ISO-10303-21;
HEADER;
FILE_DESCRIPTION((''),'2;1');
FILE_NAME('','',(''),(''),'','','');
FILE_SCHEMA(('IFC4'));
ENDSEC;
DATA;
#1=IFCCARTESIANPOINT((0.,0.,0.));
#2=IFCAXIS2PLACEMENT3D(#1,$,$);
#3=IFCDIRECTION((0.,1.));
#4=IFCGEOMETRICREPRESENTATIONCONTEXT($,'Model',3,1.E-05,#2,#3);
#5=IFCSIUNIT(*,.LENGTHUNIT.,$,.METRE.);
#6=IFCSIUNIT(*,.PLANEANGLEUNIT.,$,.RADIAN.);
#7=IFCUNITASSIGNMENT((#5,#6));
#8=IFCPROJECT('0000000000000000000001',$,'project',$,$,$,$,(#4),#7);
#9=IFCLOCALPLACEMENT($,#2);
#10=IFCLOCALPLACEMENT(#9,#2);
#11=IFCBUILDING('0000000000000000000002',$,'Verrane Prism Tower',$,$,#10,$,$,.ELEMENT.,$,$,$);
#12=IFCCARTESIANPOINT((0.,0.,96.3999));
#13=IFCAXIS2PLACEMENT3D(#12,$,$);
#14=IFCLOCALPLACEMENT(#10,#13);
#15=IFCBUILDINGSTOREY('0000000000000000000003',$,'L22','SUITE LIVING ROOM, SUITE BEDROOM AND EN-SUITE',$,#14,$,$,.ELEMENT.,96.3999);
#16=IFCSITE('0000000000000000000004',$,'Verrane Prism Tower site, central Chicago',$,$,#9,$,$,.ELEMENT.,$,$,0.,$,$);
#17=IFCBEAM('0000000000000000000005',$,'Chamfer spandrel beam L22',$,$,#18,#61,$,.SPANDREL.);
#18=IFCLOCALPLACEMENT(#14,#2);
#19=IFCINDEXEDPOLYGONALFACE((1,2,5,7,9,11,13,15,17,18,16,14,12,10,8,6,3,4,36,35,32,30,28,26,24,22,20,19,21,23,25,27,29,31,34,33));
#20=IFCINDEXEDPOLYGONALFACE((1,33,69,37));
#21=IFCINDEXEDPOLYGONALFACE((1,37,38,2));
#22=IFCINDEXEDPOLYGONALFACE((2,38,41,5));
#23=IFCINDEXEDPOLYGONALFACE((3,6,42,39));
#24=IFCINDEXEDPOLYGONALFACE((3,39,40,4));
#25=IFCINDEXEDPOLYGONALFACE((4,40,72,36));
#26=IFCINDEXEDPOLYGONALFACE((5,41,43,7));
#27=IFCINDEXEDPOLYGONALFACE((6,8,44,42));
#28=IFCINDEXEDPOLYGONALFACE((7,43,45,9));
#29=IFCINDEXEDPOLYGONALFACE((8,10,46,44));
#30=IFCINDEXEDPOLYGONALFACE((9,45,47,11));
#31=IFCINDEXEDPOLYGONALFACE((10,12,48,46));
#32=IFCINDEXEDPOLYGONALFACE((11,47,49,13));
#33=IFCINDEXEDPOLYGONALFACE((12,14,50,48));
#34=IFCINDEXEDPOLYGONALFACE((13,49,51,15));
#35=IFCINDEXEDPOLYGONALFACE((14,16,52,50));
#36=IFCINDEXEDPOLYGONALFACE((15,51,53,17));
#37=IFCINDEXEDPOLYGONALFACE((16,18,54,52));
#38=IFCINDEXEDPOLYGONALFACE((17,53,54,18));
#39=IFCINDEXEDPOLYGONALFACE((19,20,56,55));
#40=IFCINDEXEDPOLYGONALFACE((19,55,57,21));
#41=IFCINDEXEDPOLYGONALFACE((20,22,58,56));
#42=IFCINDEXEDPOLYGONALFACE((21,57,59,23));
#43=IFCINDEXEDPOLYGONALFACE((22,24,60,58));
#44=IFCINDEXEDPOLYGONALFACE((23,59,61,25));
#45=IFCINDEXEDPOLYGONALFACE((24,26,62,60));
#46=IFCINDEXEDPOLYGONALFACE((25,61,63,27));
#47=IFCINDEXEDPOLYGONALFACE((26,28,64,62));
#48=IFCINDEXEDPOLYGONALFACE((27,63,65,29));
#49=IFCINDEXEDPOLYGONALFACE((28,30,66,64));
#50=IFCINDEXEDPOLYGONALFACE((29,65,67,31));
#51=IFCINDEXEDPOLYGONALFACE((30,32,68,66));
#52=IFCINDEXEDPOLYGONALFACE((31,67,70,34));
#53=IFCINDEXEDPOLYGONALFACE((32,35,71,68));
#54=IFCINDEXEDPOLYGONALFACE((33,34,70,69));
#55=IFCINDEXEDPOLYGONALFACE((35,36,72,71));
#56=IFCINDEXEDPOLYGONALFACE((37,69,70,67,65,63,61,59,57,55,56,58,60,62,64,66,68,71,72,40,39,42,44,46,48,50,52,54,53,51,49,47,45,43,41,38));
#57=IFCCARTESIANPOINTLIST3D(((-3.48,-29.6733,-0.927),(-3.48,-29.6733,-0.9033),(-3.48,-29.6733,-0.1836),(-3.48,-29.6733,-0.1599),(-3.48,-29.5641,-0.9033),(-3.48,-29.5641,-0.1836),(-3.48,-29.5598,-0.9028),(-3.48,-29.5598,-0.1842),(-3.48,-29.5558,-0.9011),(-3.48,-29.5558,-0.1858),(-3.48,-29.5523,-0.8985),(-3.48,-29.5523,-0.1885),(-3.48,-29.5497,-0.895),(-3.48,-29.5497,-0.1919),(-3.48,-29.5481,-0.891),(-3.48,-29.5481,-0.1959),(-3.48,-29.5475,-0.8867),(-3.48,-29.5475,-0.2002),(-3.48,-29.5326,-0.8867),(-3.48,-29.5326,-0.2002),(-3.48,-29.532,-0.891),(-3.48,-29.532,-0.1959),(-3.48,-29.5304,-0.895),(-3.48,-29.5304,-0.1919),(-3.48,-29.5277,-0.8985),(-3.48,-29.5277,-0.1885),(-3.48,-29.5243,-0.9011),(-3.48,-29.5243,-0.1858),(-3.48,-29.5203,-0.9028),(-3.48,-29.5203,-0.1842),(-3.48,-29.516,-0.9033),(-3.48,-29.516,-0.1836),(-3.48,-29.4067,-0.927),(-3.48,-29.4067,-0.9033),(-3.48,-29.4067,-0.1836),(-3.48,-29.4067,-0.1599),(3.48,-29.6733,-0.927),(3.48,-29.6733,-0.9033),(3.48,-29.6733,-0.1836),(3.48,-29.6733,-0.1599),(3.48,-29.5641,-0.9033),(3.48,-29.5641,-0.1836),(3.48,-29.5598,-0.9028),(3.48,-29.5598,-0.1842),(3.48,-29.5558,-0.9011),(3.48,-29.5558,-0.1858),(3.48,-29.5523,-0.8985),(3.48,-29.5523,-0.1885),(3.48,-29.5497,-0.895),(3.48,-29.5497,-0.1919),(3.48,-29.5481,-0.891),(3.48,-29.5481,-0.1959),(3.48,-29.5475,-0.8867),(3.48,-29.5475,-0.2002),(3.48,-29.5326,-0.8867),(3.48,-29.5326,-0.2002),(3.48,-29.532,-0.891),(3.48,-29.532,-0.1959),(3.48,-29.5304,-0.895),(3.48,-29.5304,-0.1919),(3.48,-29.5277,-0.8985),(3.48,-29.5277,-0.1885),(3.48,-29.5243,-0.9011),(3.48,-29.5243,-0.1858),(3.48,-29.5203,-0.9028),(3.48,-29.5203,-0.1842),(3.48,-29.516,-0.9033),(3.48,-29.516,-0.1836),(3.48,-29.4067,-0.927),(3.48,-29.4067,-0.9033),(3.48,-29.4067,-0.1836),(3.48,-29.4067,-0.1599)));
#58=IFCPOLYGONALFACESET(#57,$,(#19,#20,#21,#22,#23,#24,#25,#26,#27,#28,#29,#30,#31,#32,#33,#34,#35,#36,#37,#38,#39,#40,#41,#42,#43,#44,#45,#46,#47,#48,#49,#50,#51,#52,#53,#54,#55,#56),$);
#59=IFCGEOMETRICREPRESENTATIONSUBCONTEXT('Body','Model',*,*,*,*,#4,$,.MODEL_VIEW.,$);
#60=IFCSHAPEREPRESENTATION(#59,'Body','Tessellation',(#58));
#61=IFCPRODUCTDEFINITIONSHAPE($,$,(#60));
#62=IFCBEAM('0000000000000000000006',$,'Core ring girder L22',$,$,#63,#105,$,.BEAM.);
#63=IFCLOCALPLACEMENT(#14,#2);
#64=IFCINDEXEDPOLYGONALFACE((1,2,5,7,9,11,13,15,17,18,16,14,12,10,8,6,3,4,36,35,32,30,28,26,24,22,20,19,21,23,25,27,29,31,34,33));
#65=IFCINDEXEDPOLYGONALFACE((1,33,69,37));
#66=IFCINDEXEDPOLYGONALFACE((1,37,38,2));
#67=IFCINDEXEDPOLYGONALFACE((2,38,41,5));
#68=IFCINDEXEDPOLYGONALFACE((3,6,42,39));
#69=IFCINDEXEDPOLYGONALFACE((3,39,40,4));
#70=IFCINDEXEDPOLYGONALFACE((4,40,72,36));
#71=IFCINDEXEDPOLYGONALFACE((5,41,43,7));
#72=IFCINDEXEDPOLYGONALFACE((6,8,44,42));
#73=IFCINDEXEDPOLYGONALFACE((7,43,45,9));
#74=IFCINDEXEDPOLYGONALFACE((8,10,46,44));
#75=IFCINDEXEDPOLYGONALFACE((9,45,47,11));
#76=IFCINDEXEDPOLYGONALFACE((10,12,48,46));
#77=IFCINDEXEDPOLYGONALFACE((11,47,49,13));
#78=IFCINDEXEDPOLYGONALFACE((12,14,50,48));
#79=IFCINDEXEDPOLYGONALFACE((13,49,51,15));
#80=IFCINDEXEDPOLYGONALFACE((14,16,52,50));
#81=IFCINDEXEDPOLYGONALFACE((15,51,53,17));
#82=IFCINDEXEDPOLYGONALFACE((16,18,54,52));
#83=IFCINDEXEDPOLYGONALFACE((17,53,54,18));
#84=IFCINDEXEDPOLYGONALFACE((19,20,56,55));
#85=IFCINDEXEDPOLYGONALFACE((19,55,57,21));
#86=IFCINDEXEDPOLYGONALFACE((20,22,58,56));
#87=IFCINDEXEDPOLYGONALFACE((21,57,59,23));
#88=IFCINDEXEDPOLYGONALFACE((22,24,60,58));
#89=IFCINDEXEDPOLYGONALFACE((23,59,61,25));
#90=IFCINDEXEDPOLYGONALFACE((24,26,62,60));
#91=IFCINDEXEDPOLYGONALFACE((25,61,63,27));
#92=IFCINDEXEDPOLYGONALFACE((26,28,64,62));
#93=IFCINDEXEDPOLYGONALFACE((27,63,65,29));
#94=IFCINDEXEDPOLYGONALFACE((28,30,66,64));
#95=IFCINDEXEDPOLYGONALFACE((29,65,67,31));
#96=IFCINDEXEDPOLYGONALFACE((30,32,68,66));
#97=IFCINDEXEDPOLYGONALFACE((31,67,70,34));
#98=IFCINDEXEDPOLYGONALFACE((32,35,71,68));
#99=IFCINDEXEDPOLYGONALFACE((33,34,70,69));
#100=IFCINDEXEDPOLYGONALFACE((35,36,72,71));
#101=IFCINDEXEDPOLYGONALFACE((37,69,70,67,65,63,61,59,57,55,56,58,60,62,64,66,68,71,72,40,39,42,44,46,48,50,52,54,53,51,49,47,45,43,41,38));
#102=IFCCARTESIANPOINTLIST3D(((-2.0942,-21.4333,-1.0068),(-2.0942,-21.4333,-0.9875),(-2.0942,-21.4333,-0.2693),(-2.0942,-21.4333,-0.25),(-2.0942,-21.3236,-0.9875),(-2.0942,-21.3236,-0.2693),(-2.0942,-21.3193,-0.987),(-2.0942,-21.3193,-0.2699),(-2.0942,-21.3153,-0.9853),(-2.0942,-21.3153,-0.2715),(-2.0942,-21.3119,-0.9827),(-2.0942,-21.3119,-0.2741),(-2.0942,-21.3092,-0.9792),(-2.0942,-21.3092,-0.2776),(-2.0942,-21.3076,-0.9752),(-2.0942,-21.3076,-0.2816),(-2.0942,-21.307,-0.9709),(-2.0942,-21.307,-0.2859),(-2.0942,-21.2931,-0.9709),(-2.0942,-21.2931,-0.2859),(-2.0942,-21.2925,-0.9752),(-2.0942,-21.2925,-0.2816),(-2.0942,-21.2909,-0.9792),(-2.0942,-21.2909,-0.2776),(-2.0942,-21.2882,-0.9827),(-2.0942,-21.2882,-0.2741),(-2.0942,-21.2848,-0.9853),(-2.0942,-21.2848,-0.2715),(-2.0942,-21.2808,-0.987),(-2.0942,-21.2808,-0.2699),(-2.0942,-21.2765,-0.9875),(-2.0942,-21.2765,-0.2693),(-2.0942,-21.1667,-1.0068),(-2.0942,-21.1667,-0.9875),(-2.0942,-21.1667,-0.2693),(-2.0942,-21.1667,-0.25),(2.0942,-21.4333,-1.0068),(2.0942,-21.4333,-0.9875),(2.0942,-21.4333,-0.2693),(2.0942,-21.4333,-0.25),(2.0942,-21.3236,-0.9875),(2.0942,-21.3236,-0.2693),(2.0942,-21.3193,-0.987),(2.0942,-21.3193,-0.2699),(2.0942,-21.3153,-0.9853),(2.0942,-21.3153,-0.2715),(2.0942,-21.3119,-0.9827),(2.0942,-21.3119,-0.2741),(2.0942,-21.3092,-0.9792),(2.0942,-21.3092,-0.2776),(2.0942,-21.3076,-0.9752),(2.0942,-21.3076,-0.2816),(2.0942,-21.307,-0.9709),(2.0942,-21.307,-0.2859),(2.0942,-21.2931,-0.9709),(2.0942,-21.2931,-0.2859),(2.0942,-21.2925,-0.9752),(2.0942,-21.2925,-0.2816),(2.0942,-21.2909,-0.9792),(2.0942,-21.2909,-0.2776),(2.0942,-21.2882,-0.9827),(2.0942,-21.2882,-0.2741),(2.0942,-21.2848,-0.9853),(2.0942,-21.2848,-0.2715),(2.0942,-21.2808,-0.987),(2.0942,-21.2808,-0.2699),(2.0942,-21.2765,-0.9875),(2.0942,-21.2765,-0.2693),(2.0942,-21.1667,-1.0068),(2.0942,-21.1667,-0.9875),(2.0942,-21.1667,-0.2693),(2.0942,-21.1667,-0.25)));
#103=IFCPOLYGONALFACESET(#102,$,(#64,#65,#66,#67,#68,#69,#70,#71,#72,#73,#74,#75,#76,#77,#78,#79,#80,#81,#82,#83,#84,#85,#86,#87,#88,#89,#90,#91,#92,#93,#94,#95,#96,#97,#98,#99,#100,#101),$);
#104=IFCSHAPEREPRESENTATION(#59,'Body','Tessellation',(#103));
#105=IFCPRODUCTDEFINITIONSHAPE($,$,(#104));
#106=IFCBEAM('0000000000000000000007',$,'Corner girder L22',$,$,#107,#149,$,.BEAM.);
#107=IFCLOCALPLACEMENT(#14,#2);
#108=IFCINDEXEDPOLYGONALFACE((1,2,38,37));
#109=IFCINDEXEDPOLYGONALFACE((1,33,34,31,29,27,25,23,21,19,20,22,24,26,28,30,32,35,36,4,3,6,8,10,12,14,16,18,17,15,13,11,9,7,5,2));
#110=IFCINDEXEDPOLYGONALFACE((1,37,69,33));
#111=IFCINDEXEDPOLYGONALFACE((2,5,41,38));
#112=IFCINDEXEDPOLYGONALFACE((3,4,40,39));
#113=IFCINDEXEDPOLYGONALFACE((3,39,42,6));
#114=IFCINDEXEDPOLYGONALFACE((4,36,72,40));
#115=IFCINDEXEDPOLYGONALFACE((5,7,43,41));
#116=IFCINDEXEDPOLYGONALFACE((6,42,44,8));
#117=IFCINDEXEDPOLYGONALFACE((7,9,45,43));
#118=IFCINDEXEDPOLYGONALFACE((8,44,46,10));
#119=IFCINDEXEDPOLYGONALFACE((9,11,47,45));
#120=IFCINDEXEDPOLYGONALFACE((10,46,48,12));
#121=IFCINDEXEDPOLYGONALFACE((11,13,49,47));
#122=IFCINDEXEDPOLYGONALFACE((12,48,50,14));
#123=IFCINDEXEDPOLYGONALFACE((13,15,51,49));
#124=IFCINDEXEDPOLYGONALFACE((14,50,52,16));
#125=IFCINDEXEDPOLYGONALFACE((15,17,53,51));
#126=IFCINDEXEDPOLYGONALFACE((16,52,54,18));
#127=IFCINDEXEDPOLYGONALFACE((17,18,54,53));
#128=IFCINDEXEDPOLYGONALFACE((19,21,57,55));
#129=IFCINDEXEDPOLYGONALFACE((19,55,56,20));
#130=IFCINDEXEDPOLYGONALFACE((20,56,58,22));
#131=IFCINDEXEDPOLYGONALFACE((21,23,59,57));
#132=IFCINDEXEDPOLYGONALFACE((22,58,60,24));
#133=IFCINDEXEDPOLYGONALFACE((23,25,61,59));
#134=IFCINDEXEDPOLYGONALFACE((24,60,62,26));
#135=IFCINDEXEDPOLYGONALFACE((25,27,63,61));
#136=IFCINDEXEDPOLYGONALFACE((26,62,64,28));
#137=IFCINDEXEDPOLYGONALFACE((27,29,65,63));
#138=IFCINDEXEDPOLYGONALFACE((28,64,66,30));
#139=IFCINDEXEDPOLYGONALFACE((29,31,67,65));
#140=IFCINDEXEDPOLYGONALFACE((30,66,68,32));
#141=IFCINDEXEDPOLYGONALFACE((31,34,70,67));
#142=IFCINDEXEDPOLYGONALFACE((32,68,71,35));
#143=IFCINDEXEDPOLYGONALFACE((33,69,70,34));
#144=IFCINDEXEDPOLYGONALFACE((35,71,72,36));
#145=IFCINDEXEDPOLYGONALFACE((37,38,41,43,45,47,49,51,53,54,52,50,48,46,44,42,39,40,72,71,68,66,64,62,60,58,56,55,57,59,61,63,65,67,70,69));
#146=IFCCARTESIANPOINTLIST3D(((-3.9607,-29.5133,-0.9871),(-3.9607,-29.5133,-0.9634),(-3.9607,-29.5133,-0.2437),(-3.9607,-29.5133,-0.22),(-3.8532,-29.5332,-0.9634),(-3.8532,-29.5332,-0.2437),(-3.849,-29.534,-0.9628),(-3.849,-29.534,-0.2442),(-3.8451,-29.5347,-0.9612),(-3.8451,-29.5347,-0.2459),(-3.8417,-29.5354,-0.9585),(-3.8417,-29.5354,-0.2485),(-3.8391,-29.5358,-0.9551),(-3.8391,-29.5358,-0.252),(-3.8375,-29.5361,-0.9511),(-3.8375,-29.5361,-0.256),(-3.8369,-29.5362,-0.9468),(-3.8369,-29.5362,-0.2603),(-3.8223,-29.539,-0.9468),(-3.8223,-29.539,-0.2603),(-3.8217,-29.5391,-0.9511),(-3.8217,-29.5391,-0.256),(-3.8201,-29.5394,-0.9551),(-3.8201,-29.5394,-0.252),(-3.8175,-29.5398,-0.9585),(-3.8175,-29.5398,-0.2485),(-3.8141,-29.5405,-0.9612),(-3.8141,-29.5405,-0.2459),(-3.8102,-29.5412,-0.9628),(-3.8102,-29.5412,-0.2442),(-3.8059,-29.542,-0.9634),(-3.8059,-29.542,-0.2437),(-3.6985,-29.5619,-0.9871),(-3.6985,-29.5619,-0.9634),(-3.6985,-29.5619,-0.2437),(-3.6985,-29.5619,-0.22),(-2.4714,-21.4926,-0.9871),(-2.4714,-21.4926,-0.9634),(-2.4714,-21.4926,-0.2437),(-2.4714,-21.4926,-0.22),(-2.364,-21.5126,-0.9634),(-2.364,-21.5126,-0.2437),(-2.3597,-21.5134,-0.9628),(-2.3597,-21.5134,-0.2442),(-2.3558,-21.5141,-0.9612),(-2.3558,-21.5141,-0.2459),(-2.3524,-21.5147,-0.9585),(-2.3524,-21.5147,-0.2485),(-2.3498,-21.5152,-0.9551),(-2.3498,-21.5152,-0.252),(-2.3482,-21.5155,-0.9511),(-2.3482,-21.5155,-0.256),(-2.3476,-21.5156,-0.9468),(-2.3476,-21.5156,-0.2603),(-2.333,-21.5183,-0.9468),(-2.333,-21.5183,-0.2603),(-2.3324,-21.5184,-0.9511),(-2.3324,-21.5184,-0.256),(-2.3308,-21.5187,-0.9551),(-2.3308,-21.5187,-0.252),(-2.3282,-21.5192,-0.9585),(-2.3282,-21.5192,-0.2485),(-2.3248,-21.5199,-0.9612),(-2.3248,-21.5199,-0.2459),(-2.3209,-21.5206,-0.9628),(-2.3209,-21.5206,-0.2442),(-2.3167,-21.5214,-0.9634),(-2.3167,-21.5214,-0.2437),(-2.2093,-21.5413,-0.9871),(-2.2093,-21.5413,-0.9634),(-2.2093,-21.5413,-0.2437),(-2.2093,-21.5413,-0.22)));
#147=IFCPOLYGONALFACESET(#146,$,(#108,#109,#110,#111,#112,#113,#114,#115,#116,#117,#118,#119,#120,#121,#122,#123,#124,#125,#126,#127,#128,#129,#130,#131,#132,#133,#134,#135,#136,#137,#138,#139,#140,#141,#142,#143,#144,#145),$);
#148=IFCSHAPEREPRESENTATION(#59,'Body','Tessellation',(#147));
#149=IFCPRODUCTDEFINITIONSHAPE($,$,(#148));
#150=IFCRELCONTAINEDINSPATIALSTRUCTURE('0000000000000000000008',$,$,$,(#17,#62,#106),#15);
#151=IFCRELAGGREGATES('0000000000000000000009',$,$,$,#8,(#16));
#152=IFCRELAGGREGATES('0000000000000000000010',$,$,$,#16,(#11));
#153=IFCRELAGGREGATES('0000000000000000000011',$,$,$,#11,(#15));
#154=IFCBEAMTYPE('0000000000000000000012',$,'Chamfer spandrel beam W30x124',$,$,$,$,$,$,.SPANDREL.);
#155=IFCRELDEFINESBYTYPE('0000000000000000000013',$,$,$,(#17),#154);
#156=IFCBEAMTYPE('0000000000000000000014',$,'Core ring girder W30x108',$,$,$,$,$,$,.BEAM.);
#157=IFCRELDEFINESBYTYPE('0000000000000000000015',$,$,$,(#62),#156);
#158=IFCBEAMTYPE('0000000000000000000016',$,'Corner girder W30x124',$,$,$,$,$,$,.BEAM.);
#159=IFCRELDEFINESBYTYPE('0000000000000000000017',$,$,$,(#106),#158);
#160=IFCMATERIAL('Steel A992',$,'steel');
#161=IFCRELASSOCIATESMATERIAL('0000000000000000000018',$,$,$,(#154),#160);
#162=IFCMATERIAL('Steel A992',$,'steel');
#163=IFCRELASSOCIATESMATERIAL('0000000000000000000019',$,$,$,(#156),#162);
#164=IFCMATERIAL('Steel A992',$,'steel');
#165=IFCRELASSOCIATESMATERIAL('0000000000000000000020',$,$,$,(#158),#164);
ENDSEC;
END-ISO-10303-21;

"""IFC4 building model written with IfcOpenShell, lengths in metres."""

from ifc_helpers import new_model, si_unit, direction, frame, origin, origin_2d, place, context, subcontext, project, spatial, i_section, extrude, material, material_profile, profile_set, type_object, element, save


model = new_model("IFC4")

# Units and contexts
model_context = context("Model", 3, precision=1e-05, world=origin(), true_north=direction((0.0, 1.0)))
body_context = subcontext(model_context, "Body", "Model", "MODEL_VIEW")
ifc_project = project(units=[si_unit("LENGTHUNIT", "METRE"), si_unit("PLANEANGLEUNIT", "RADIAN")], contexts=[model_context])

# Site, building, storey
site_placement = place(None, origin())
site = spatial("IfcSite", under=ifc_project, at=site_placement, Name="Verrane Prism Tower site, central Chicago", CompositionType="ELEMENT", RefElevation=0.0)
building_placement = place(site_placement, origin())
building = spatial("IfcBuilding", under=site, at=building_placement, Name="Verrane Prism Tower", CompositionType="ELEMENT")
storey_placement = place(building_placement, frame((0.0, 0.0, 96.3999)))
storey = spatial("IfcBuildingStorey", under=building, at=storey_placement, Name="L22", Description="SUITE LIVING ROOM, SUITE BEDROOM AND EN-SUITE", CompositionType="ELEMENT", Elevation=96.3999)

# Beams
ifc_material_1 = material(Name="Steel A992", Category="steel")
ifc_material_profile_1 = material_profile(ifc_material_1, i_section(OverallWidth=0.2666, OverallDepth=0.7671, WebThickness=0.0149, FlangeThickness=0.0237, FilletRadius=0.0166, at=origin_2d()), Name="W30x124")
ifc_profile_set_1 = profile_set([ifc_material_profile_1], Name="Steel A992")
beam_type_1 = type_object("IfcBeamType", Name="Chamfer spandrel beam W30x124", PredefinedType="SPANDREL", material=ifc_profile_set_1)
beam_1_placement = place(storey_placement, frame((-3.48, -29.54, -0.5435), z_axis=(1.0, 0.0, 0.0), x_axis=(0.0, 1.0, 0.0)))
element("IfcBeam", 1, at=beam_1_placement, inside=storey, type_object=beam_type_1, Name="Chamfer spandrel beam L22", PredefinedType="SPANDREL", context=body_context, shape_type="SweptSolid", body=[
    extrude(i_section(OverallWidth=0.2666, OverallDepth=0.7671, WebThickness=0.0149, FlangeThickness=0.0237, FilletRadius=0.0166, at=origin_2d()), origin(), (0.0, 0.0, 1.0), 6.96),
])
ifc_material_2 = material(Name="Steel A992", Category="steel")
ifc_material_profile_2 = material_profile(ifc_material_2, i_section(OverallWidth=0.2666, OverallDepth=0.7568, WebThickness=0.0139, FlangeThickness=0.0193, FilletRadius=0.0166, at=origin_2d()), Name="W30x108")
ifc_profile_set_2 = profile_set([ifc_material_profile_2], Name="Steel A992")
beam_type_2 = type_object("IfcBeamType", Name="Core ring girder W30x108", PredefinedType="BEAM", material=ifc_profile_set_2)
beam_2_placement = place(storey_placement, frame((-2.0942, -21.3, -0.6284), z_axis=(1.0, 0.0, 0.0), x_axis=(0.0, 1.0, 0.0)))
element("IfcBeam", 2, at=beam_2_placement, inside=storey, type_object=beam_type_2, Name="Core ring girder L22", PredefinedType="BEAM", context=body_context, shape_type="SweptSolid", body=[
    extrude(i_section(OverallWidth=0.2666, OverallDepth=0.7568, WebThickness=0.0139, FlangeThickness=0.0193, FilletRadius=0.0166, at=origin_2d()), origin(), (0.0, 0.0, 1.0), 4.1885),
])
ifc_material_3 = material(Name="Steel A992", Category="steel")
ifc_material_profile_3 = material_profile(ifc_material_3, i_section(OverallWidth=0.2666, OverallDepth=0.7671, WebThickness=0.0149, FlangeThickness=0.0237, FilletRadius=0.0166, at=origin_2d()), Name="W30x124")
ifc_profile_set_3 = profile_set([ifc_material_profile_3], Name="Steel A992")
beam_type_3 = type_object("IfcBeamType", Name="Corner girder W30x124", PredefinedType="BEAM", material=ifc_profile_set_3)
beam_3_placement = place(storey_placement, frame((-3.8296, -29.5376, -0.6035), z_axis=(0.182561, 0.983195, 0.0), x_axis=(-0.983195, 0.182561, 0.0)))
element("IfcBeam", 3, at=beam_3_placement, inside=storey, type_object=beam_type_3, Name="Corner girder L22", PredefinedType="BEAM", context=body_context, shape_type="SweptSolid", body=[
    extrude(i_section(OverallWidth=0.2666, OverallDepth=0.7671, WebThickness=0.0149, FlangeThickness=0.0237, FilletRadius=0.0166, at=origin_2d()), origin(), (0.0, 0.0, 1.0), 8.1577),
])

save(model, "model.ifc")
